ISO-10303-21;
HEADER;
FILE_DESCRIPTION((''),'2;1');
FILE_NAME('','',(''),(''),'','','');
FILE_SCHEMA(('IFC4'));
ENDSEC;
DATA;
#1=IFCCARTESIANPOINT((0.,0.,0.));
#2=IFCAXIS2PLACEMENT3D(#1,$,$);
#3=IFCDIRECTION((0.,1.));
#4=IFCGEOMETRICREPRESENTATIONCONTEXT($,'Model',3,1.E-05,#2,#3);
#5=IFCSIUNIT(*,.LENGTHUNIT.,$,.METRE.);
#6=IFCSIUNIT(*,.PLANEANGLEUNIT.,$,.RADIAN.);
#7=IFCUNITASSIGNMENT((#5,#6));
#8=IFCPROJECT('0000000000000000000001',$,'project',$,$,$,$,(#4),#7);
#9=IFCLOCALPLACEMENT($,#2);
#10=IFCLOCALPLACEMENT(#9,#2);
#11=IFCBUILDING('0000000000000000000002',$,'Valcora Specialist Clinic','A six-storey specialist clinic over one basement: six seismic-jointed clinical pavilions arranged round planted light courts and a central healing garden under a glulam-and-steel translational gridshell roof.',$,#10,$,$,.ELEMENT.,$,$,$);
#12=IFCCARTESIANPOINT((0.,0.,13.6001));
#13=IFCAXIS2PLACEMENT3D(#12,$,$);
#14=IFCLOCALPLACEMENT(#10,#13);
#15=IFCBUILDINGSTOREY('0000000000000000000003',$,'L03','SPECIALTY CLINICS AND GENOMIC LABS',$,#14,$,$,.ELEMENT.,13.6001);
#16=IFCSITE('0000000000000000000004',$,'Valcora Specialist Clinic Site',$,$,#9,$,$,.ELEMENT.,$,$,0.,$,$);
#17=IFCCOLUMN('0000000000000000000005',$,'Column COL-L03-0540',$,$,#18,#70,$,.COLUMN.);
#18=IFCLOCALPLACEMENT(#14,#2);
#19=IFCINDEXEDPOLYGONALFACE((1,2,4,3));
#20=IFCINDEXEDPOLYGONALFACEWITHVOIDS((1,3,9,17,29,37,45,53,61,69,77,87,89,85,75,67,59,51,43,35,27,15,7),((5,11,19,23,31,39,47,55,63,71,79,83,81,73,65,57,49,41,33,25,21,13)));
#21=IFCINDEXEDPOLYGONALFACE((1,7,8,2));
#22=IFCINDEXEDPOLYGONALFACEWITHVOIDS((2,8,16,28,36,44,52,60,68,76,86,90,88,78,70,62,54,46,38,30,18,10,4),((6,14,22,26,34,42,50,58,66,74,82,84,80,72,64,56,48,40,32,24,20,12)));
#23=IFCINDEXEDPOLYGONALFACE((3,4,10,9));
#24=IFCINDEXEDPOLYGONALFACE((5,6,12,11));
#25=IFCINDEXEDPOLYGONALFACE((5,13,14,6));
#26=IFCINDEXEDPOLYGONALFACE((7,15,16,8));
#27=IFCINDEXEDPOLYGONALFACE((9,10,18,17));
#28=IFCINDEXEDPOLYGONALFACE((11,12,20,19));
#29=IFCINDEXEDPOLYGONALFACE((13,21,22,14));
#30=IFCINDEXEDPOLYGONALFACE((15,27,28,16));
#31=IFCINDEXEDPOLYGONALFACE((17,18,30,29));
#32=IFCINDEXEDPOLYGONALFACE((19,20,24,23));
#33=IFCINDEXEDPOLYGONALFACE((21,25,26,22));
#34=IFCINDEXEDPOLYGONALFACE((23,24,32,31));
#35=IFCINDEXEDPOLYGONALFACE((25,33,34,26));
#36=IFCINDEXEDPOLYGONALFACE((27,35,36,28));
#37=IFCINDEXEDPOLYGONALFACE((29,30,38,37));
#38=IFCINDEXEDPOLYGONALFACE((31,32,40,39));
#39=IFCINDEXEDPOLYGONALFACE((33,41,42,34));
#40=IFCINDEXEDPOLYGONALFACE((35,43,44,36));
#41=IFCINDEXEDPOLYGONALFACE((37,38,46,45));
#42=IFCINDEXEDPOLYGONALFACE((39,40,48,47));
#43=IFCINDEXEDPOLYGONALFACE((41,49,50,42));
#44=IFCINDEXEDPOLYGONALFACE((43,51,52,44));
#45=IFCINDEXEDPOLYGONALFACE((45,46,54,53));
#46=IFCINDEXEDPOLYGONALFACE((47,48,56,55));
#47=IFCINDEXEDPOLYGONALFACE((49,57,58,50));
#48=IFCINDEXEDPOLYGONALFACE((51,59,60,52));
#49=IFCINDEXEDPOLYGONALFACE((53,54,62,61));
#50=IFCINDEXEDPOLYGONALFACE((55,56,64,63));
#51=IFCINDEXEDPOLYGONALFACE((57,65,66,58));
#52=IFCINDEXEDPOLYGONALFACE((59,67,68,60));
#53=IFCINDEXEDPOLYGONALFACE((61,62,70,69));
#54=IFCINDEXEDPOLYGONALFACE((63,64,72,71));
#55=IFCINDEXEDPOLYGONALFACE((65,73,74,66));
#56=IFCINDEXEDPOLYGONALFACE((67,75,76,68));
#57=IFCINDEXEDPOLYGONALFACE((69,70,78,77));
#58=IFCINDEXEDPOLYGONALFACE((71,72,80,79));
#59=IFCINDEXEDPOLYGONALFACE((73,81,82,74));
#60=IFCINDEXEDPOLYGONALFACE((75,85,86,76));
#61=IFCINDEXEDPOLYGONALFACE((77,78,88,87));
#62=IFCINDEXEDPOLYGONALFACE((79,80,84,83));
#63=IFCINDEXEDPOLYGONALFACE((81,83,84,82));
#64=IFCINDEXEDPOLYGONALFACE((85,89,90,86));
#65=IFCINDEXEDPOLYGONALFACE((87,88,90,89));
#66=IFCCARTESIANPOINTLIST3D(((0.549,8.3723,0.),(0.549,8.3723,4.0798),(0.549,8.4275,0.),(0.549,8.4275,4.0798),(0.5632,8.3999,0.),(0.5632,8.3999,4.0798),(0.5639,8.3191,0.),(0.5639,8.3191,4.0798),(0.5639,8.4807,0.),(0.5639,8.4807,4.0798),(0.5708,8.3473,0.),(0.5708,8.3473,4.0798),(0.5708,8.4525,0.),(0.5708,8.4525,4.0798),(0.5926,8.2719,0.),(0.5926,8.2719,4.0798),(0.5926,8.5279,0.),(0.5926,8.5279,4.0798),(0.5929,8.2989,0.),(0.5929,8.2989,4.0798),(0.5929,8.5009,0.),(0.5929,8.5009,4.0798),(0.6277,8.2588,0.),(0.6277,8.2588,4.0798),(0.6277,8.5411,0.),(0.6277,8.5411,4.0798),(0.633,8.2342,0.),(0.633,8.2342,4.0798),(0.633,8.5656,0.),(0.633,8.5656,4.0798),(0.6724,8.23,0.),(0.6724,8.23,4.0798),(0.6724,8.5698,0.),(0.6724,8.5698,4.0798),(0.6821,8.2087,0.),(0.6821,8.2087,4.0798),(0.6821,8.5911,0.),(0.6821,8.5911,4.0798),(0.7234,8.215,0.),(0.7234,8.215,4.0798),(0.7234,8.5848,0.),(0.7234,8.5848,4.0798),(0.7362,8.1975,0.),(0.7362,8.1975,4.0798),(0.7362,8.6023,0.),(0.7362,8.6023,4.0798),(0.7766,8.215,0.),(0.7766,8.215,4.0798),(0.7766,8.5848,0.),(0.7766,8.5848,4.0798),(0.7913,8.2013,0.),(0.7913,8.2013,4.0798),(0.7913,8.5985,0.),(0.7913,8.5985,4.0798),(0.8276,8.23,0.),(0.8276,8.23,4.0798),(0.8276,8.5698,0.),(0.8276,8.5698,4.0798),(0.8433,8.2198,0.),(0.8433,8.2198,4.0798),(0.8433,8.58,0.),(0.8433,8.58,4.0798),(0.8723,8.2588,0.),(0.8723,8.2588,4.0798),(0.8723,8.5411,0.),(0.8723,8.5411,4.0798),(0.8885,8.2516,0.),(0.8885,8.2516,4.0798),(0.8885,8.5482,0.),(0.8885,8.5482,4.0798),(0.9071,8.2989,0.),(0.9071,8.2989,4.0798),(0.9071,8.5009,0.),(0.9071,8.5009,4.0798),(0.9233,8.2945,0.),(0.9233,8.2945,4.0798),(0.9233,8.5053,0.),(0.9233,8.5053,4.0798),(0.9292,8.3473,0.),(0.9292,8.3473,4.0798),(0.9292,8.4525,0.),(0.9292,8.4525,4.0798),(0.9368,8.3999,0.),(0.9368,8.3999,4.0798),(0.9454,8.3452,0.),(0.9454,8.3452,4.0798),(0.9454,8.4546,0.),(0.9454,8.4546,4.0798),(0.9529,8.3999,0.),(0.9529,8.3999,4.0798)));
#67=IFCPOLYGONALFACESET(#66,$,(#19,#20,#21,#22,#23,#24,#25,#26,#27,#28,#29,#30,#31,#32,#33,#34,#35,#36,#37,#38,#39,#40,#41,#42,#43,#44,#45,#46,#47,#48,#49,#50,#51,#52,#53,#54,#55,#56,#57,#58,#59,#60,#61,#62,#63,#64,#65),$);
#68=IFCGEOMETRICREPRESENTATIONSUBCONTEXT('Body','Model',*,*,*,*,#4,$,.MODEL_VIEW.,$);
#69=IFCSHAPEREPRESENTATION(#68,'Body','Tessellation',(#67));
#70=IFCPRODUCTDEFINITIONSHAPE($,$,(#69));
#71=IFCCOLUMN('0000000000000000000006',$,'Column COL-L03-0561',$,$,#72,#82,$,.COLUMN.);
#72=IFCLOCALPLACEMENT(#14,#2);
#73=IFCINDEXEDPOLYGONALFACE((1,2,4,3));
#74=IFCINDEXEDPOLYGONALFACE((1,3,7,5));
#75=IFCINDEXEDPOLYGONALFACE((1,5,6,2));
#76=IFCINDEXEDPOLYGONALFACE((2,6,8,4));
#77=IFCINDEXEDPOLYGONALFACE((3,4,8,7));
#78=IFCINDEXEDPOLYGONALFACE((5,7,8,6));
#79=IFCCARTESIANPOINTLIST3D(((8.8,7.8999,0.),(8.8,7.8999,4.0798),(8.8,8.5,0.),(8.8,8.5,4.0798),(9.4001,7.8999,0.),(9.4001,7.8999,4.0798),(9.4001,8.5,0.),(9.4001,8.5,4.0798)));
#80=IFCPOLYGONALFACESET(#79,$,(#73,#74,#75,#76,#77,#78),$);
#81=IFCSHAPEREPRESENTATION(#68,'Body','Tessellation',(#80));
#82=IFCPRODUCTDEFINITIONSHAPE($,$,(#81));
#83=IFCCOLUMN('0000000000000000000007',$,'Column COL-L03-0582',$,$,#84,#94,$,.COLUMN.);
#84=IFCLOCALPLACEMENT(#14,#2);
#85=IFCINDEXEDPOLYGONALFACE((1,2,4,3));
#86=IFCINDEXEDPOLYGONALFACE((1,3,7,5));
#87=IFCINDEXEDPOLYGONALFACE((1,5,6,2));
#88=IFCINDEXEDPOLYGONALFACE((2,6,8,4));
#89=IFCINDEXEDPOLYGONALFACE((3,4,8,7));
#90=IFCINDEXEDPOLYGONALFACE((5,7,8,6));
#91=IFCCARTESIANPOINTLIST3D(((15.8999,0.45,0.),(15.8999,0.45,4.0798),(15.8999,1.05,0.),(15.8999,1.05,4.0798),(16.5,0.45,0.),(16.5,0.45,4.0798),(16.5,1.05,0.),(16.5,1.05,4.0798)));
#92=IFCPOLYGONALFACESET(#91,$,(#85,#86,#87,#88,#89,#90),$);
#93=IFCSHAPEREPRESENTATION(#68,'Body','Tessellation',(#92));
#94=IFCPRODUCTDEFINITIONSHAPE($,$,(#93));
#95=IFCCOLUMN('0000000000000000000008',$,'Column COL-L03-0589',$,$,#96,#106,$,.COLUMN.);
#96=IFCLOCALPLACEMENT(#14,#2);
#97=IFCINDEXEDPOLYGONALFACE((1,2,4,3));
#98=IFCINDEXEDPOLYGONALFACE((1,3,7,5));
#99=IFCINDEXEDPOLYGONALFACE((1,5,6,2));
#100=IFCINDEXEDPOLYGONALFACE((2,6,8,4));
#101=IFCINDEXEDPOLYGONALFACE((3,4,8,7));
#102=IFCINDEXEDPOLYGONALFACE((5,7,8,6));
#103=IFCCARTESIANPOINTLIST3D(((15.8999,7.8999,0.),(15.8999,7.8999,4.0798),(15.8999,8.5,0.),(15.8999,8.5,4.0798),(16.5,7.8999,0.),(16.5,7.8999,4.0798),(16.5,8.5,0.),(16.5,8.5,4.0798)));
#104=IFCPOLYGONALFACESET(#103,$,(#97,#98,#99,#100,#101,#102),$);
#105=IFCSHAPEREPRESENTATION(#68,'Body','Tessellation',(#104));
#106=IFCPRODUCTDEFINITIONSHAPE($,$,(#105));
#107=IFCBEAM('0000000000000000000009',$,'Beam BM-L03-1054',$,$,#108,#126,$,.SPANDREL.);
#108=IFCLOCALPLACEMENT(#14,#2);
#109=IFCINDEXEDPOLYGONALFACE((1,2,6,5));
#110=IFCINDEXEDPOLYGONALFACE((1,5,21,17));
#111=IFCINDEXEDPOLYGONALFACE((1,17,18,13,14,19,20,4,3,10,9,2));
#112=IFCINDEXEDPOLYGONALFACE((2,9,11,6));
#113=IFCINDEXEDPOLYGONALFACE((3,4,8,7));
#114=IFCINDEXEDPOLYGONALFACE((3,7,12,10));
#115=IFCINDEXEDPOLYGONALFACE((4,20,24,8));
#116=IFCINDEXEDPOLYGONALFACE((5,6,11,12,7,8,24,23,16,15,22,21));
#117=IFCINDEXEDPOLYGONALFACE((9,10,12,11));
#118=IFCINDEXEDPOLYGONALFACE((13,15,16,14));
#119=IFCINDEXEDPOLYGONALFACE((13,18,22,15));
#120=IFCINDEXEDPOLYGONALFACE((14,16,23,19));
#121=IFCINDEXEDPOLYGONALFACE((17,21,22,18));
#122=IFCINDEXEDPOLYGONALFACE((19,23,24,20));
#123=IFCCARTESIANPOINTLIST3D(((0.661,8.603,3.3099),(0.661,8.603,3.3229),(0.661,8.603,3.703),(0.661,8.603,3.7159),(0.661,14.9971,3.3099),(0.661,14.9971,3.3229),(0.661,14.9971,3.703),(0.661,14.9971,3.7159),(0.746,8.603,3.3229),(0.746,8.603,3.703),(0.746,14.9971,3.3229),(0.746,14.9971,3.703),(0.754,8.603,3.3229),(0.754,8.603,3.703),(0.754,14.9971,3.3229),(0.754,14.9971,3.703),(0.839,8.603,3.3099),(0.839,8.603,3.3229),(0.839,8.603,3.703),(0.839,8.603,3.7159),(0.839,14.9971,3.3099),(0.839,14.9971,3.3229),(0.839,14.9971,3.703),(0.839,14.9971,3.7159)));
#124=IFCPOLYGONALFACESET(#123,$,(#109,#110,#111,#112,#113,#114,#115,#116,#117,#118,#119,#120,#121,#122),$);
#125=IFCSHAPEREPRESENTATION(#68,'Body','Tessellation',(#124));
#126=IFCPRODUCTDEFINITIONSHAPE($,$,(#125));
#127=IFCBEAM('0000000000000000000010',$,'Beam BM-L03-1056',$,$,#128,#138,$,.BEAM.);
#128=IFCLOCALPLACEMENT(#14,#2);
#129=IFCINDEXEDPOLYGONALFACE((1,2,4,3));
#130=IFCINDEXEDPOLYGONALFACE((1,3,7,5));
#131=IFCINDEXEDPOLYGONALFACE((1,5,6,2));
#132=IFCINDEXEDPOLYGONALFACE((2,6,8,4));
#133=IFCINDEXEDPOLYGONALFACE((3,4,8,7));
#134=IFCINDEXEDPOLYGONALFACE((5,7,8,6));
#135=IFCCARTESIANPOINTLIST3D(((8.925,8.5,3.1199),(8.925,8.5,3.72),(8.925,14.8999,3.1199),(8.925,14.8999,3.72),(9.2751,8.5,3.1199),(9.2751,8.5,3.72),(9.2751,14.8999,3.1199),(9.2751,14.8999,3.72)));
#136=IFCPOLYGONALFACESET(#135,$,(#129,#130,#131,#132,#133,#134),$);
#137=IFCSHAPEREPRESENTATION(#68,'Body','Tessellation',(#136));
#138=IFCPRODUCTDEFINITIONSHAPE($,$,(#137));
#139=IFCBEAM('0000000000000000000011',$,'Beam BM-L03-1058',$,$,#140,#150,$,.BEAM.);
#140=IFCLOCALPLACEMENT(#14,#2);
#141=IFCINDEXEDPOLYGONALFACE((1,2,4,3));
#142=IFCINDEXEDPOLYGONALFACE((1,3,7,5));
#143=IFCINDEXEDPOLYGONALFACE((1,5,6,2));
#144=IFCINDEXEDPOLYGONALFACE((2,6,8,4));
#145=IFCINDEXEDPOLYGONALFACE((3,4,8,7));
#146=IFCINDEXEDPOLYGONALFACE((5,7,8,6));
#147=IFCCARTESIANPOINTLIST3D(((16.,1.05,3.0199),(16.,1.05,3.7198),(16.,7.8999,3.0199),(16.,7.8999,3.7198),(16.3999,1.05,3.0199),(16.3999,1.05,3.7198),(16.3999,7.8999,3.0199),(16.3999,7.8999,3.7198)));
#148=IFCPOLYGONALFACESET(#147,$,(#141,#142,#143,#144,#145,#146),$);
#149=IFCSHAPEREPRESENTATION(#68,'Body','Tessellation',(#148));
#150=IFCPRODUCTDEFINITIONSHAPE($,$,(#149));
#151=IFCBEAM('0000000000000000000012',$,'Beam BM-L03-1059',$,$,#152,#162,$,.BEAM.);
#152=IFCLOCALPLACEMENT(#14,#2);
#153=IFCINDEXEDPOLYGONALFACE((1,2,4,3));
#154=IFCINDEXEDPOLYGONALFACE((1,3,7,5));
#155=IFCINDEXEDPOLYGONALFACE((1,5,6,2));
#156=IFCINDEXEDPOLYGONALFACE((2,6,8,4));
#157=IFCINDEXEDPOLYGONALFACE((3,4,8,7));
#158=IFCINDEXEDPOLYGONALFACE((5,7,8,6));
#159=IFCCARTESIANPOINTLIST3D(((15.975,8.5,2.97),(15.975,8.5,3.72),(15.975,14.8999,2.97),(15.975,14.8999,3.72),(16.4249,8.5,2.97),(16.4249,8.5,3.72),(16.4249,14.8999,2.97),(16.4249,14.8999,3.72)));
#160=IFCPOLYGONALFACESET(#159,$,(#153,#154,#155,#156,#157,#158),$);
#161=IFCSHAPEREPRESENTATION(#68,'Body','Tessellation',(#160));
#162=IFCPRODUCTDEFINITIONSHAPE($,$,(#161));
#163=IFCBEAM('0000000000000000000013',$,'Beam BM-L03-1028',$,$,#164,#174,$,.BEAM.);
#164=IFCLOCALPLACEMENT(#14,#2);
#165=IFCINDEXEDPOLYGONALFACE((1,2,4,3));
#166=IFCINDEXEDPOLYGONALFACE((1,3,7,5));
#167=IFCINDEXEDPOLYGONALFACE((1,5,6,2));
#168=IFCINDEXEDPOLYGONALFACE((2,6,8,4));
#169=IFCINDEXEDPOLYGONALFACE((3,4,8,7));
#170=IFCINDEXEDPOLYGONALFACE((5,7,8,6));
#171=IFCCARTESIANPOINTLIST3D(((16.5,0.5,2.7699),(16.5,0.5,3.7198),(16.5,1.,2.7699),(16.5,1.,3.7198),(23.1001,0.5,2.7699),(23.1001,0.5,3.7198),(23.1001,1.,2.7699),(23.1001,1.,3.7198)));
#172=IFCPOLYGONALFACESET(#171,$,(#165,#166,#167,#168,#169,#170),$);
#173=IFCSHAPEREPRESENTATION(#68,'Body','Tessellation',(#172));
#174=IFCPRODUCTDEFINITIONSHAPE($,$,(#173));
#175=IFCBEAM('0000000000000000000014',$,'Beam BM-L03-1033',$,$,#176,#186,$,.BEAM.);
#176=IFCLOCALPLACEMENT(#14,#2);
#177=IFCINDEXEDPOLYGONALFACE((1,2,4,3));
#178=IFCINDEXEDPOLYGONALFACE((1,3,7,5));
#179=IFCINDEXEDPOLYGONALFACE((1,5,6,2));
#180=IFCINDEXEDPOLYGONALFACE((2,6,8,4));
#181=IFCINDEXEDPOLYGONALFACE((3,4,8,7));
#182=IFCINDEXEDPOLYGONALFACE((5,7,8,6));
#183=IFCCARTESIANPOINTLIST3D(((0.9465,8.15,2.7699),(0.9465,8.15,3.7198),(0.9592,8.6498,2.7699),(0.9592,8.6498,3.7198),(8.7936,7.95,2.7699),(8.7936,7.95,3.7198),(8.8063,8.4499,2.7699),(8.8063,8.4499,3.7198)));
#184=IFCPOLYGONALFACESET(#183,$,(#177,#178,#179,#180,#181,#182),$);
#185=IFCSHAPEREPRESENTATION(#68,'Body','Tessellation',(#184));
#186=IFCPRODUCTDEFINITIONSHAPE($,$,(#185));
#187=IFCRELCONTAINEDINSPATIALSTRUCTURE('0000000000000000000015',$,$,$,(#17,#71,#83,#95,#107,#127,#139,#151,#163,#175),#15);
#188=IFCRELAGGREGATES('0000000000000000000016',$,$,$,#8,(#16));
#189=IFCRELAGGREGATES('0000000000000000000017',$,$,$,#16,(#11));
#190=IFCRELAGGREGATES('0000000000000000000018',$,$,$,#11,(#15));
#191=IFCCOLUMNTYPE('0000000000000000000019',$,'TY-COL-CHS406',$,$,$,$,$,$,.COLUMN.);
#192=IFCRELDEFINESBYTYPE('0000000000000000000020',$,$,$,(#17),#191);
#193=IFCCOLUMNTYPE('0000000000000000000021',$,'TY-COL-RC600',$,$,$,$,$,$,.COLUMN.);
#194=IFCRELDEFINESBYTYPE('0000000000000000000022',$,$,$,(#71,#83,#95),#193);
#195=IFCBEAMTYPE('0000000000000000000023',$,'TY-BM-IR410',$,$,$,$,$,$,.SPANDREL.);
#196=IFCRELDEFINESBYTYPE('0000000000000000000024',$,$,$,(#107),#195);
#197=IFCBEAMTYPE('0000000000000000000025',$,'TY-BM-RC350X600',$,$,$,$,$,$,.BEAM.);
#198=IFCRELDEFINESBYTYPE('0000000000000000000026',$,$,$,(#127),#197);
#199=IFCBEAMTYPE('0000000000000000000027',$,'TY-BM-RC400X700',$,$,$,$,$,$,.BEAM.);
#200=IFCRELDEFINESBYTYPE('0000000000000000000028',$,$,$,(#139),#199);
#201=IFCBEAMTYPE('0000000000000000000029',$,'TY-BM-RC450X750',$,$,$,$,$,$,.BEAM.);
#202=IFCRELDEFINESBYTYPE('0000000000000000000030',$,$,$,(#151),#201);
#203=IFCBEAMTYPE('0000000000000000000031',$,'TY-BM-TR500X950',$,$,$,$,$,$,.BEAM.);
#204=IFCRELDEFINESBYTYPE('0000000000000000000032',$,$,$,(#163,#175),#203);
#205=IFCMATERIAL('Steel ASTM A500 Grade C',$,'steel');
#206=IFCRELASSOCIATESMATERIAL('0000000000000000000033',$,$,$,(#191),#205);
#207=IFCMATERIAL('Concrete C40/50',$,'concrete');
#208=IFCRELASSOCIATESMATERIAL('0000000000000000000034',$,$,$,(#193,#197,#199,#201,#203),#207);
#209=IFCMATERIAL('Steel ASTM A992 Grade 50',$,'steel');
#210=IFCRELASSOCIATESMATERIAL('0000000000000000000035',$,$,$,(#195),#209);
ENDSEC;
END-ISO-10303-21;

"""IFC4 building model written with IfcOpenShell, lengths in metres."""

from ifc_helpers import new_model, si_unit, direction, frame, origin, origin_2d, place, context, subcontext, project, spatial, rectangle, hollow_circle, i_section, extrude, material, material_profile, profile_set, type_object, element, save


model = new_model("IFC4")

# Units and contexts
model_context = context("Model", 3, precision=1e-05, world=origin(), true_north=direction((0.0, 1.0)))
body_context = subcontext(model_context, "Body", "Model", "MODEL_VIEW")
ifc_project = project(units=[si_unit("LENGTHUNIT", "METRE"), si_unit("PLANEANGLEUNIT", "RADIAN")], contexts=[model_context])

# Site, building, storey
site_placement = place(None, origin())
site = spatial("IfcSite", under=ifc_project, at=site_placement, Name="Valcora Specialist Clinic Site", CompositionType="ELEMENT", RefElevation=0.0)
building_placement = place(site_placement, origin())
building = spatial("IfcBuilding", under=site, at=building_placement, Name="Valcora Specialist Clinic", Description="A six-storey specialist clinic over one basement: six seismic-jointed clinical pavilions arranged round planted light courts and a central healing garden under a glulam-and-steel translational gridshell roof.", CompositionType="ELEMENT")
storey_placement = place(building_placement, frame((0.0, 0.0, 13.6001)))
storey = spatial("IfcBuildingStorey", under=building, at=storey_placement, Name="L03", Description="SPECIALTY CLINICS AND GENOMIC LABS", CompositionType="ELEMENT", Elevation=13.6001)

# Columns
ifc_material_1 = material(Name="Steel ASTM A500 Grade C", Category="steel")
ifc_material_profile_1 = material_profile(ifc_material_1, hollow_circle(Radius=0.2029, WallThickness=0.0161, at=origin_2d()), Name="ST-CHS-406X16")
ifc_profile_set_1 = profile_set([ifc_material_profile_1], Name="Steel ASTM A500 Grade C")
column_type_1 = type_object("IfcColumnType", Name="TY-COL-CHS406", PredefinedType="COLUMN", material=ifc_profile_set_1)
column_placement = place(storey_placement, frame((0.75, 8.3999, 0.0), z_axis=(0.0, 0.0, 1.0), x_axis=(1.0, 0.0, 0.0)))
element("IfcColumn", 1, at=column_placement, inside=storey, type_object=column_type_1, Name="Column COL-L03-0540", PredefinedType="COLUMN", context=body_context, shape_type="SweptSolid", body=[
    extrude(hollow_circle(Radius=0.2029, WallThickness=0.0161, at=origin_2d()), origin(), (0.0, 0.0, 1.0), 4.0798),
])
ifc_material_2 = material(Name="Concrete C40/50", Category="concrete")
ifc_material_profile_2 = material_profile(ifc_material_2, rectangle(XDim=0.6001, YDim=0.6001, at=origin_2d()), Name="RC-COL-600X600")
ifc_profile_set_2 = profile_set([ifc_material_profile_2], Name="Concrete C40/50")
column_type_2 = type_object("IfcColumnType", Name="TY-COL-RC600", PredefinedType="COLUMN", material=ifc_profile_set_2)
for number, where, z_axis, x_axis, name in (
    (2, (9.1001, 8.2, 0.0), (0.0, 0.0, 1.0), (1.0, 0.0, 0.0), "Column COL-L03-0561"),
    (3, (16.2, 0.75, 0.0), (0.0, 0.0, 1.0), (1.0, 0.0, 0.0), "Column COL-L03-0582"),
    (4, (16.2, 8.2, 0.0), (0.0, 0.0, 1.0), (1.0, 0.0, 0.0), "Column COL-L03-0589"),
):
    element("IfcColumn", number, at=place(storey_placement, frame(where, z_axis=z_axis, x_axis=x_axis)), inside=storey, type_object=column_type_2, Name=name, PredefinedType="COLUMN", context=body_context, shape_type="SweptSolid", body=[
        extrude(rectangle(XDim=0.6001, YDim=0.6001, at=origin_2d()), origin(), (0.0, 0.0, 1.0), 4.0798),
    ])

# Beams
ifc_material_3 = material(Name="Steel ASTM A992 Grade 50", Category="steel")
ifc_material_profile_3 = material_profile(ifc_material_3, i_section(OverallWidth=0.178, OverallDepth=0.406, WebThickness=0.0081, FlangeThickness=0.0129, at=origin_2d()), Name="ST-IR-410X180")
ifc_profile_set_3 = profile_set([ifc_material_profile_3], Name="Steel ASTM A992 Grade 50")
beam_type_1 = type_object("IfcBeamType", Name="TY-BM-IR410", PredefinedType="SPANDREL", material=ifc_profile_set_3)
beam_1_placement = place(storey_placement, frame((0.75, 8.603, 3.5129), z_axis=(0.0, 1.0, 0.0), x_axis=(-1.0, 0.0, 0.0)))
element("IfcBeam", 5, at=beam_1_placement, inside=storey, type_object=beam_type_1, Name="Beam BM-L03-1054", PredefinedType="SPANDREL", context=body_context, shape_type="SweptSolid", body=[
    extrude(i_section(OverallWidth=0.178, OverallDepth=0.406, WebThickness=0.0081, FlangeThickness=0.0129, at=origin_2d()), origin(), (0.0, 0.0, 1.0), 6.394),
])
ifc_material_profile_4 = material_profile(ifc_material_2, rectangle(XDim=0.3501, YDim=0.6001, at=origin_2d()), Name="RC-BM-350X600")
ifc_profile_set_4 = profile_set([ifc_material_profile_4], Name="Concrete C40/50")
beam_type_2 = type_object("IfcBeamType", Name="TY-BM-RC350X600", PredefinedType="BEAM", material=ifc_profile_set_4)
beam_2_placement = place(storey_placement, frame((9.1001, 8.5, 3.4199), z_axis=(0.0, 1.0, 0.0), x_axis=(-1.0, 0.0, 0.0)))
element("IfcBeam", 6, at=beam_2_placement, inside=storey, type_object=beam_type_2, Name="Beam BM-L03-1056", PredefinedType="BEAM", context=body_context, shape_type="SweptSolid", body=[
    extrude(rectangle(XDim=0.3501, YDim=0.6001, at=origin_2d()), origin(), (0.0, 0.0, 1.0), 6.3999),
])
ifc_material_profile_5 = material_profile(ifc_material_2, rectangle(XDim=0.3999, YDim=0.7, at=origin_2d()), Name="RC-BM-400X700")
ifc_profile_set_5 = profile_set([ifc_material_profile_5], Name="Concrete C40/50")
beam_type_3 = type_object("IfcBeamType", Name="TY-BM-RC400X700", PredefinedType="BEAM", material=ifc_profile_set_5)
beam_3_placement = place(storey_placement, frame((16.2, 1.05, 3.3699), z_axis=(0.0, 1.0, 0.0), x_axis=(-1.0, 0.0, 0.0)))
element("IfcBeam", 7, at=beam_3_placement, inside=storey, type_object=beam_type_3, Name="Beam BM-L03-1058", PredefinedType="BEAM", context=body_context, shape_type="SweptSolid", body=[
    extrude(rectangle(XDim=0.3999, YDim=0.7, at=origin_2d()), origin(), (0.0, 0.0, 1.0), 6.8499),
])
ifc_material_profile_6 = material_profile(ifc_material_2, rectangle(XDim=0.45, YDim=0.75, at=origin_2d()), Name="RC-BM-450X750")
ifc_profile_set_6 = profile_set([ifc_material_profile_6], Name="Concrete C40/50")
beam_type_4 = type_object("IfcBeamType", Name="TY-BM-RC450X750", PredefinedType="BEAM", material=ifc_profile_set_6)
beam_4_placement = place(storey_placement, frame((16.2, 8.5, 3.345), z_axis=(0.0, 1.0, 0.0), x_axis=(-1.0, 0.0, 0.0)))
element("IfcBeam", 8, at=beam_4_placement, inside=storey, type_object=beam_type_4, Name="Beam BM-L03-1059", PredefinedType="BEAM", context=body_context, shape_type="SweptSolid", body=[
    extrude(rectangle(XDim=0.45, YDim=0.75, at=origin_2d()), origin(), (0.0, 0.0, 1.0), 6.3999),
])
ifc_material_profile_7 = material_profile(ifc_material_2, rectangle(XDim=0.5, YDim=0.95, at=origin_2d()), Name="RC-BM-500X950")
ifc_profile_set_7 = profile_set([ifc_material_profile_7], Name="Concrete C40/50")
beam_type_5 = type_object("IfcBeamType", Name="TY-BM-TR500X950", PredefinedType="BEAM", material=ifc_profile_set_7)
beam_5_placement = place(storey_placement, frame((16.5, 0.75, 3.2449), z_axis=(1.0, 0.0, 0.0), x_axis=(0.0, 1.0, 0.0)))
element("IfcBeam", 9, at=beam_5_placement, inside=storey, type_object=beam_type_5, Name="Beam BM-L03-1028", PredefinedType="BEAM", context=body_context, shape_type="SweptSolid", body=[
    extrude(rectangle(XDim=0.5, YDim=0.95, at=origin_2d()), origin(), (0.0, 0.0, 1.0), 6.6001),
])
beam_6_placement = place(storey_placement, frame((0.9529, 8.3999, 3.2449), z_axis=(0.999676, -0.025472, 0.0), x_axis=(0.025472, 0.999676, 0.0)))
element("IfcBeam", 10, at=beam_6_placement, inside=storey, type_object=beam_type_5, Name="Beam BM-L03-1033", PredefinedType="BEAM", context=body_context, shape_type="SweptSolid", body=[
    extrude(rectangle(XDim=0.5, YDim=0.95, at=origin_2d()), origin(), (0.0, 0.0, 1.0), 7.8496),
])

save(model, "model.ifc")
